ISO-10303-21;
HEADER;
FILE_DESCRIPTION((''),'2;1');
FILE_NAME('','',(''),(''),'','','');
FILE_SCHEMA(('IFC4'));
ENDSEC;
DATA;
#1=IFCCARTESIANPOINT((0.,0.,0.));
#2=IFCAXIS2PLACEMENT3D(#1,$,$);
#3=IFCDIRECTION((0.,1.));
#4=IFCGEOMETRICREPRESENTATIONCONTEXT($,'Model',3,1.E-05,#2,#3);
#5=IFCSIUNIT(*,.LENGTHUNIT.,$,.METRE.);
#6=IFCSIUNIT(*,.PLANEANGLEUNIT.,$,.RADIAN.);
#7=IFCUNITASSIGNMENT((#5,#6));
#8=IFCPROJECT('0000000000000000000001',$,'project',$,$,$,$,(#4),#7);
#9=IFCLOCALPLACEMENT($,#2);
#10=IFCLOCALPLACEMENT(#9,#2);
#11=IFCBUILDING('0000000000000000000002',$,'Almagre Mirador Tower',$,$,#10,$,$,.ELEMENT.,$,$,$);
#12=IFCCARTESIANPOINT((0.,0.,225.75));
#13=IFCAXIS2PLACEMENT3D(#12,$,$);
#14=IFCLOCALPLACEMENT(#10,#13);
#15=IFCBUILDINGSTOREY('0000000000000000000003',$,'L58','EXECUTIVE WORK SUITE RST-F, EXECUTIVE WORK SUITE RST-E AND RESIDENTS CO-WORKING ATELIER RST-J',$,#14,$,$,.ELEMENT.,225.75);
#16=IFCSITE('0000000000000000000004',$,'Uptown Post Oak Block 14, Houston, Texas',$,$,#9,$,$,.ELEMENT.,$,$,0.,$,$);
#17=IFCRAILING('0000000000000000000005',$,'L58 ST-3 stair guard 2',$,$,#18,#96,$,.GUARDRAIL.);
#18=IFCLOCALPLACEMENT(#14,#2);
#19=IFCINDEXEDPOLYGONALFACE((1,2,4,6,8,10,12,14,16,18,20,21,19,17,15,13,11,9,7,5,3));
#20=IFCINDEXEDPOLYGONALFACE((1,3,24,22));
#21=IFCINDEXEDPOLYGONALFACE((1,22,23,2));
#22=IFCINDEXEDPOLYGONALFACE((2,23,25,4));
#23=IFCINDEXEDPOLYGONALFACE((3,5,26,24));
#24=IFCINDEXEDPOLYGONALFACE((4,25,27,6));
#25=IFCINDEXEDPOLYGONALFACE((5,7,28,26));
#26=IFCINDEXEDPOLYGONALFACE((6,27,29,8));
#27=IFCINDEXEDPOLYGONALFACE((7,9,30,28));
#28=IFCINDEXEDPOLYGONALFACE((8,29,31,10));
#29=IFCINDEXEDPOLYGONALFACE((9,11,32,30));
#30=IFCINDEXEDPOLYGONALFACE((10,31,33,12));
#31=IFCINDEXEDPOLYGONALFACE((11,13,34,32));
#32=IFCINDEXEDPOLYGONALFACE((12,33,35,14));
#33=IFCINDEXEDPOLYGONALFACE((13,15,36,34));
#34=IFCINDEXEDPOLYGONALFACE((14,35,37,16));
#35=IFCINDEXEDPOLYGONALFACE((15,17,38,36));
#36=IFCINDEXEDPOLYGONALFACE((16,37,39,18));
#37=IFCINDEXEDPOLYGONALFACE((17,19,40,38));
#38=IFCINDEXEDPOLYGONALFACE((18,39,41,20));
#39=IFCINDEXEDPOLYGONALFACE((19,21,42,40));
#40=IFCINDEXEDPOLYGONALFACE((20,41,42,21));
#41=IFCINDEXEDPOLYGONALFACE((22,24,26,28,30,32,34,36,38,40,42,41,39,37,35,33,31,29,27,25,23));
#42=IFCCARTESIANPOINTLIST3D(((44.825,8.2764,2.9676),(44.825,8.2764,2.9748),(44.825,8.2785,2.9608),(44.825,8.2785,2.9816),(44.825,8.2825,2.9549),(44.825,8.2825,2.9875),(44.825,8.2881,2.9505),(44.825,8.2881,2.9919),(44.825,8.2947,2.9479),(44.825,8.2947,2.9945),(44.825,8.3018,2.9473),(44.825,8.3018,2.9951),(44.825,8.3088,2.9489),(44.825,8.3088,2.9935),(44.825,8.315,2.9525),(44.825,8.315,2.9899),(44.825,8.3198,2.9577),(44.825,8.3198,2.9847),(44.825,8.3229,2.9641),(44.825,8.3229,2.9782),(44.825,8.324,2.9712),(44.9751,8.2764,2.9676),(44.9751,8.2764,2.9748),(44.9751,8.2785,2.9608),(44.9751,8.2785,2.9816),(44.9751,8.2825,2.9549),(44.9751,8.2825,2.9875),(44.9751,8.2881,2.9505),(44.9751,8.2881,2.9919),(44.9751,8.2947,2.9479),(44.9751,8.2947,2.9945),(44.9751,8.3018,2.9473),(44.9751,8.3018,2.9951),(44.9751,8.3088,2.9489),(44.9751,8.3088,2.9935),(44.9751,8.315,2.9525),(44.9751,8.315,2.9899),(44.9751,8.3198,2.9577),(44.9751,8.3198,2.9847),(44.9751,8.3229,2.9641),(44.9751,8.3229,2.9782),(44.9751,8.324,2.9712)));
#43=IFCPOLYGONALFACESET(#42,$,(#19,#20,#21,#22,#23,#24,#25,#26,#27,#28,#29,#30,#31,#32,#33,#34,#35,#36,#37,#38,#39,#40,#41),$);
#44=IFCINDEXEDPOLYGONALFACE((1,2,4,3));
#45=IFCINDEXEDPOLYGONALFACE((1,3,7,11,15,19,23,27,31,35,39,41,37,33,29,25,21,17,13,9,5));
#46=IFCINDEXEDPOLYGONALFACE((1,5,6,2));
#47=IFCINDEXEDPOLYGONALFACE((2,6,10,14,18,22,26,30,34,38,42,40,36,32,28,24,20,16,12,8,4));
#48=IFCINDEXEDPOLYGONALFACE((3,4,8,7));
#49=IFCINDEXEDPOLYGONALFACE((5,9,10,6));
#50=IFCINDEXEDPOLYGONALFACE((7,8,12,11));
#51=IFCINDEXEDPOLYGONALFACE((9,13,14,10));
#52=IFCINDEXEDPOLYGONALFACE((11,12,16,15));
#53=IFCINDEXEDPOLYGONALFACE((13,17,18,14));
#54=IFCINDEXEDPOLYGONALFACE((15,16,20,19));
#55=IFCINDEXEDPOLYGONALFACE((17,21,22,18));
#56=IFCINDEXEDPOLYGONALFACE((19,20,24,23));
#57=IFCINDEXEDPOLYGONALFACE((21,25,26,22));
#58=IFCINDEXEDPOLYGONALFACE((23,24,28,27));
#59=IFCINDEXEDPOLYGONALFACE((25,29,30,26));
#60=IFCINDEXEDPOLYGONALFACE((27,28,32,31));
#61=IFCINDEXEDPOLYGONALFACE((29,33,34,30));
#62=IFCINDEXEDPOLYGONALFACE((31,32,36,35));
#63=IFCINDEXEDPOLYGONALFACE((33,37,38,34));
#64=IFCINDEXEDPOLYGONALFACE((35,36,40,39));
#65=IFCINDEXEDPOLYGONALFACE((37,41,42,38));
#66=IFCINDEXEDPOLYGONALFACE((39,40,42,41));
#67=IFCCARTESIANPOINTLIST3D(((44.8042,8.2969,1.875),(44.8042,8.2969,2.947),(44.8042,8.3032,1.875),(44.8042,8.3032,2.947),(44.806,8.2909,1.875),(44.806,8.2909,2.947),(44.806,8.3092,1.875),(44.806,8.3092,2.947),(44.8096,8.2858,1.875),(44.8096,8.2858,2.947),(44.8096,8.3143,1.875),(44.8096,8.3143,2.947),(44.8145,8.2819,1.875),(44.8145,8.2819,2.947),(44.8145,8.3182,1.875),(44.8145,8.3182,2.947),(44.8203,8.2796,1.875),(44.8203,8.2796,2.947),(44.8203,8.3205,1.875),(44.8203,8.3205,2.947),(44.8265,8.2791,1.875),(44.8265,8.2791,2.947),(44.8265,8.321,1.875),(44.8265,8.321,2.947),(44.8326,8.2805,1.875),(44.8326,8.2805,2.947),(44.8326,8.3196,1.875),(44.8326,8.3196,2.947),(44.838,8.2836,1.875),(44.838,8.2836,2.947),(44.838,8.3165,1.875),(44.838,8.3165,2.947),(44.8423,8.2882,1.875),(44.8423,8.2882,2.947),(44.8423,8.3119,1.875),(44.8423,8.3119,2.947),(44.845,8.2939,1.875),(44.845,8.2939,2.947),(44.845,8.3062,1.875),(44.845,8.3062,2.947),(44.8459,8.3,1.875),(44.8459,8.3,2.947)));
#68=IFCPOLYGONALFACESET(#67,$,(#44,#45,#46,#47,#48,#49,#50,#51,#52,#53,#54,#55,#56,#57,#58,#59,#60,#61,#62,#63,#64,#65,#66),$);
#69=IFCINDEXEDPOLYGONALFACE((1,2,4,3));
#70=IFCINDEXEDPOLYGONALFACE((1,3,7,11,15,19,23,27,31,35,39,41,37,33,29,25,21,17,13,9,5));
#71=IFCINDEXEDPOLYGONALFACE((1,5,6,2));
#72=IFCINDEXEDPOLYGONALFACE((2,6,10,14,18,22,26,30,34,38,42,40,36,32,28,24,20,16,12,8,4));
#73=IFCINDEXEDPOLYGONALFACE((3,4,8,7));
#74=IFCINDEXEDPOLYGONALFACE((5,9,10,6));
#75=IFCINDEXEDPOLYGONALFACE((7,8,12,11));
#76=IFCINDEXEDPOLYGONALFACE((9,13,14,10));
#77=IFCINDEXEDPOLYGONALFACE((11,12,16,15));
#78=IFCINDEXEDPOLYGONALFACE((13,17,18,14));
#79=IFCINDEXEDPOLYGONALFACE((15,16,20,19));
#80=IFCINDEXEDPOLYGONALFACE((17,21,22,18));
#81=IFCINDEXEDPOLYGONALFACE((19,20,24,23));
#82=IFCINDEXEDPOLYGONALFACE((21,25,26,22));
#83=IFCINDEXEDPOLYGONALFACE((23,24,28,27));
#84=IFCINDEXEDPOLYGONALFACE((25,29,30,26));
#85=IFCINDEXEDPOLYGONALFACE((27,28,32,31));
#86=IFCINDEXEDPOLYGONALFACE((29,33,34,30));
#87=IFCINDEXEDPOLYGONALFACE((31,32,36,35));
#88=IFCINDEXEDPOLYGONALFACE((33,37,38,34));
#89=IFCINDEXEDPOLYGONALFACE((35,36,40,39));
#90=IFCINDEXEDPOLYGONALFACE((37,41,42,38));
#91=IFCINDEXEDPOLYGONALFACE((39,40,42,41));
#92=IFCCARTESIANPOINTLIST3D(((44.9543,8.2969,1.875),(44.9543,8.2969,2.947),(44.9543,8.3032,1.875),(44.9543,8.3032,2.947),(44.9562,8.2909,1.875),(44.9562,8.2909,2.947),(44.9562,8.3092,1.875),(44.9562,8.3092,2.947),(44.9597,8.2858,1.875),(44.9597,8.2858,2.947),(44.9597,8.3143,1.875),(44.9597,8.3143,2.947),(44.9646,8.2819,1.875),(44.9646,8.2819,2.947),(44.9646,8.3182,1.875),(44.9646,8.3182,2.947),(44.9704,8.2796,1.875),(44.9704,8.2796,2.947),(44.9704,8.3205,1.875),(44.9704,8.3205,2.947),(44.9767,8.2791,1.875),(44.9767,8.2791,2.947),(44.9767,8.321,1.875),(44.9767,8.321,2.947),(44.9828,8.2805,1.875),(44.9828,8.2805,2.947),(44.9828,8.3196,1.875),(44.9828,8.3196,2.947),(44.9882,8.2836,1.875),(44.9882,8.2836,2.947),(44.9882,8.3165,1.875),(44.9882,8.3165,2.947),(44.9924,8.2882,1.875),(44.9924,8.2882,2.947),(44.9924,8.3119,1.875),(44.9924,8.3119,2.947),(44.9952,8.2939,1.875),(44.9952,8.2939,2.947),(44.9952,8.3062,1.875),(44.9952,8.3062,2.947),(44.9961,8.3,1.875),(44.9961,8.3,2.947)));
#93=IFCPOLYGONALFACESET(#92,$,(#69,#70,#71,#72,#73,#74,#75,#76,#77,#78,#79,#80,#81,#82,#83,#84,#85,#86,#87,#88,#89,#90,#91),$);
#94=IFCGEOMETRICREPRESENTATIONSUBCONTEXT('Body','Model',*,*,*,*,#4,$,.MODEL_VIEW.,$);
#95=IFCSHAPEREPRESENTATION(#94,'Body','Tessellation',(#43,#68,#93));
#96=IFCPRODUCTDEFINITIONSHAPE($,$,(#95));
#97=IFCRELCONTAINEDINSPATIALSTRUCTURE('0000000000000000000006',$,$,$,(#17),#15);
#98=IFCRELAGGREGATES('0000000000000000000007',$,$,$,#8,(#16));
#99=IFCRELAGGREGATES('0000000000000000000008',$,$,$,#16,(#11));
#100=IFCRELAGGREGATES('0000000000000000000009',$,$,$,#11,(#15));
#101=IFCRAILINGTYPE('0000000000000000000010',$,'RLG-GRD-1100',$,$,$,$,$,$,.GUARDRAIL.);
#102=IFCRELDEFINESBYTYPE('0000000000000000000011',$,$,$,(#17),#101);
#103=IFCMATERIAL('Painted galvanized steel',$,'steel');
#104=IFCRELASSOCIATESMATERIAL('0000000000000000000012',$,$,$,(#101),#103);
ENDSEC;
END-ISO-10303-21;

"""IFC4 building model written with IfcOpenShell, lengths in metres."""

from ifc_helpers import new_model, si_unit, direction, frame, origin, origin_2d, place, context, subcontext, project, spatial, circle, extrude, material, type_object, element, save


model = new_model("IFC4")

# Units and contexts
model_context = context("Model", 3, precision=1e-05, world=origin(), true_north=direction((0.0, 1.0)))
body_context = subcontext(model_context, "Body", "Model", "MODEL_VIEW")
ifc_project = project(units=[si_unit("LENGTHUNIT", "METRE"), si_unit("PLANEANGLEUNIT", "RADIAN")], contexts=[model_context])

# Site, building, storey
site_placement = place(None, origin())
site = spatial("IfcSite", under=ifc_project, at=site_placement, Name="Uptown Post Oak Block 14, Houston, Texas", CompositionType="ELEMENT", RefElevation=0.0)
building_placement = place(site_placement, origin())
building = spatial("IfcBuilding", under=site, at=building_placement, Name="Almagre Mirador Tower", CompositionType="ELEMENT")
storey_placement = place(building_placement, frame((0.0, 0.0, 225.75)))
storey = spatial("IfcBuildingStorey", under=building, at=storey_placement, Name="L58", Description="EXECUTIVE WORK SUITE RST-F, EXECUTIVE WORK SUITE RST-E AND RESIDENTS CO-WORKING ATELIER RST-J", CompositionType="ELEMENT", Elevation=225.75)

# Railing
ifc_material_1 = material(Name="Painted galvanized steel", Category="steel")
railing_type_1 = type_object("IfcRailingType", Name="RLG-GRD-1100", PredefinedType="GUARDRAIL", material=ifc_material_1)
railing_1_placement = place(storey_placement, frame((44.825, 8.3, 1.875)))
element("IfcRailing", 1, at=railing_1_placement, inside=storey, type_object=railing_type_1, Name="L58 ST-3 stair guard 2", PredefinedType="GUARDRAIL", context=body_context, shape_type="SweptSolid", body=[
    extrude(circle(Radius=0.0239, at=origin_2d()), frame((0.0, 0.0, 1.0962), z_axis=(1.0, 0.0, 0.0), x_axis=(0.0, 1.0, 0.0)), (0.0, 0.0, 1.0), 0.1501),
    extrude(circle(Radius=0.021, at=origin_2d()), origin(), (0.0, 0.0, 1.0), 1.072),
    extrude(circle(Radius=0.021, at=origin_2d()), frame((0.1501, 0.0, 0.0)), (0.0, 0.0, 1.0), 1.072),
])

save(model, "model.ifc")
